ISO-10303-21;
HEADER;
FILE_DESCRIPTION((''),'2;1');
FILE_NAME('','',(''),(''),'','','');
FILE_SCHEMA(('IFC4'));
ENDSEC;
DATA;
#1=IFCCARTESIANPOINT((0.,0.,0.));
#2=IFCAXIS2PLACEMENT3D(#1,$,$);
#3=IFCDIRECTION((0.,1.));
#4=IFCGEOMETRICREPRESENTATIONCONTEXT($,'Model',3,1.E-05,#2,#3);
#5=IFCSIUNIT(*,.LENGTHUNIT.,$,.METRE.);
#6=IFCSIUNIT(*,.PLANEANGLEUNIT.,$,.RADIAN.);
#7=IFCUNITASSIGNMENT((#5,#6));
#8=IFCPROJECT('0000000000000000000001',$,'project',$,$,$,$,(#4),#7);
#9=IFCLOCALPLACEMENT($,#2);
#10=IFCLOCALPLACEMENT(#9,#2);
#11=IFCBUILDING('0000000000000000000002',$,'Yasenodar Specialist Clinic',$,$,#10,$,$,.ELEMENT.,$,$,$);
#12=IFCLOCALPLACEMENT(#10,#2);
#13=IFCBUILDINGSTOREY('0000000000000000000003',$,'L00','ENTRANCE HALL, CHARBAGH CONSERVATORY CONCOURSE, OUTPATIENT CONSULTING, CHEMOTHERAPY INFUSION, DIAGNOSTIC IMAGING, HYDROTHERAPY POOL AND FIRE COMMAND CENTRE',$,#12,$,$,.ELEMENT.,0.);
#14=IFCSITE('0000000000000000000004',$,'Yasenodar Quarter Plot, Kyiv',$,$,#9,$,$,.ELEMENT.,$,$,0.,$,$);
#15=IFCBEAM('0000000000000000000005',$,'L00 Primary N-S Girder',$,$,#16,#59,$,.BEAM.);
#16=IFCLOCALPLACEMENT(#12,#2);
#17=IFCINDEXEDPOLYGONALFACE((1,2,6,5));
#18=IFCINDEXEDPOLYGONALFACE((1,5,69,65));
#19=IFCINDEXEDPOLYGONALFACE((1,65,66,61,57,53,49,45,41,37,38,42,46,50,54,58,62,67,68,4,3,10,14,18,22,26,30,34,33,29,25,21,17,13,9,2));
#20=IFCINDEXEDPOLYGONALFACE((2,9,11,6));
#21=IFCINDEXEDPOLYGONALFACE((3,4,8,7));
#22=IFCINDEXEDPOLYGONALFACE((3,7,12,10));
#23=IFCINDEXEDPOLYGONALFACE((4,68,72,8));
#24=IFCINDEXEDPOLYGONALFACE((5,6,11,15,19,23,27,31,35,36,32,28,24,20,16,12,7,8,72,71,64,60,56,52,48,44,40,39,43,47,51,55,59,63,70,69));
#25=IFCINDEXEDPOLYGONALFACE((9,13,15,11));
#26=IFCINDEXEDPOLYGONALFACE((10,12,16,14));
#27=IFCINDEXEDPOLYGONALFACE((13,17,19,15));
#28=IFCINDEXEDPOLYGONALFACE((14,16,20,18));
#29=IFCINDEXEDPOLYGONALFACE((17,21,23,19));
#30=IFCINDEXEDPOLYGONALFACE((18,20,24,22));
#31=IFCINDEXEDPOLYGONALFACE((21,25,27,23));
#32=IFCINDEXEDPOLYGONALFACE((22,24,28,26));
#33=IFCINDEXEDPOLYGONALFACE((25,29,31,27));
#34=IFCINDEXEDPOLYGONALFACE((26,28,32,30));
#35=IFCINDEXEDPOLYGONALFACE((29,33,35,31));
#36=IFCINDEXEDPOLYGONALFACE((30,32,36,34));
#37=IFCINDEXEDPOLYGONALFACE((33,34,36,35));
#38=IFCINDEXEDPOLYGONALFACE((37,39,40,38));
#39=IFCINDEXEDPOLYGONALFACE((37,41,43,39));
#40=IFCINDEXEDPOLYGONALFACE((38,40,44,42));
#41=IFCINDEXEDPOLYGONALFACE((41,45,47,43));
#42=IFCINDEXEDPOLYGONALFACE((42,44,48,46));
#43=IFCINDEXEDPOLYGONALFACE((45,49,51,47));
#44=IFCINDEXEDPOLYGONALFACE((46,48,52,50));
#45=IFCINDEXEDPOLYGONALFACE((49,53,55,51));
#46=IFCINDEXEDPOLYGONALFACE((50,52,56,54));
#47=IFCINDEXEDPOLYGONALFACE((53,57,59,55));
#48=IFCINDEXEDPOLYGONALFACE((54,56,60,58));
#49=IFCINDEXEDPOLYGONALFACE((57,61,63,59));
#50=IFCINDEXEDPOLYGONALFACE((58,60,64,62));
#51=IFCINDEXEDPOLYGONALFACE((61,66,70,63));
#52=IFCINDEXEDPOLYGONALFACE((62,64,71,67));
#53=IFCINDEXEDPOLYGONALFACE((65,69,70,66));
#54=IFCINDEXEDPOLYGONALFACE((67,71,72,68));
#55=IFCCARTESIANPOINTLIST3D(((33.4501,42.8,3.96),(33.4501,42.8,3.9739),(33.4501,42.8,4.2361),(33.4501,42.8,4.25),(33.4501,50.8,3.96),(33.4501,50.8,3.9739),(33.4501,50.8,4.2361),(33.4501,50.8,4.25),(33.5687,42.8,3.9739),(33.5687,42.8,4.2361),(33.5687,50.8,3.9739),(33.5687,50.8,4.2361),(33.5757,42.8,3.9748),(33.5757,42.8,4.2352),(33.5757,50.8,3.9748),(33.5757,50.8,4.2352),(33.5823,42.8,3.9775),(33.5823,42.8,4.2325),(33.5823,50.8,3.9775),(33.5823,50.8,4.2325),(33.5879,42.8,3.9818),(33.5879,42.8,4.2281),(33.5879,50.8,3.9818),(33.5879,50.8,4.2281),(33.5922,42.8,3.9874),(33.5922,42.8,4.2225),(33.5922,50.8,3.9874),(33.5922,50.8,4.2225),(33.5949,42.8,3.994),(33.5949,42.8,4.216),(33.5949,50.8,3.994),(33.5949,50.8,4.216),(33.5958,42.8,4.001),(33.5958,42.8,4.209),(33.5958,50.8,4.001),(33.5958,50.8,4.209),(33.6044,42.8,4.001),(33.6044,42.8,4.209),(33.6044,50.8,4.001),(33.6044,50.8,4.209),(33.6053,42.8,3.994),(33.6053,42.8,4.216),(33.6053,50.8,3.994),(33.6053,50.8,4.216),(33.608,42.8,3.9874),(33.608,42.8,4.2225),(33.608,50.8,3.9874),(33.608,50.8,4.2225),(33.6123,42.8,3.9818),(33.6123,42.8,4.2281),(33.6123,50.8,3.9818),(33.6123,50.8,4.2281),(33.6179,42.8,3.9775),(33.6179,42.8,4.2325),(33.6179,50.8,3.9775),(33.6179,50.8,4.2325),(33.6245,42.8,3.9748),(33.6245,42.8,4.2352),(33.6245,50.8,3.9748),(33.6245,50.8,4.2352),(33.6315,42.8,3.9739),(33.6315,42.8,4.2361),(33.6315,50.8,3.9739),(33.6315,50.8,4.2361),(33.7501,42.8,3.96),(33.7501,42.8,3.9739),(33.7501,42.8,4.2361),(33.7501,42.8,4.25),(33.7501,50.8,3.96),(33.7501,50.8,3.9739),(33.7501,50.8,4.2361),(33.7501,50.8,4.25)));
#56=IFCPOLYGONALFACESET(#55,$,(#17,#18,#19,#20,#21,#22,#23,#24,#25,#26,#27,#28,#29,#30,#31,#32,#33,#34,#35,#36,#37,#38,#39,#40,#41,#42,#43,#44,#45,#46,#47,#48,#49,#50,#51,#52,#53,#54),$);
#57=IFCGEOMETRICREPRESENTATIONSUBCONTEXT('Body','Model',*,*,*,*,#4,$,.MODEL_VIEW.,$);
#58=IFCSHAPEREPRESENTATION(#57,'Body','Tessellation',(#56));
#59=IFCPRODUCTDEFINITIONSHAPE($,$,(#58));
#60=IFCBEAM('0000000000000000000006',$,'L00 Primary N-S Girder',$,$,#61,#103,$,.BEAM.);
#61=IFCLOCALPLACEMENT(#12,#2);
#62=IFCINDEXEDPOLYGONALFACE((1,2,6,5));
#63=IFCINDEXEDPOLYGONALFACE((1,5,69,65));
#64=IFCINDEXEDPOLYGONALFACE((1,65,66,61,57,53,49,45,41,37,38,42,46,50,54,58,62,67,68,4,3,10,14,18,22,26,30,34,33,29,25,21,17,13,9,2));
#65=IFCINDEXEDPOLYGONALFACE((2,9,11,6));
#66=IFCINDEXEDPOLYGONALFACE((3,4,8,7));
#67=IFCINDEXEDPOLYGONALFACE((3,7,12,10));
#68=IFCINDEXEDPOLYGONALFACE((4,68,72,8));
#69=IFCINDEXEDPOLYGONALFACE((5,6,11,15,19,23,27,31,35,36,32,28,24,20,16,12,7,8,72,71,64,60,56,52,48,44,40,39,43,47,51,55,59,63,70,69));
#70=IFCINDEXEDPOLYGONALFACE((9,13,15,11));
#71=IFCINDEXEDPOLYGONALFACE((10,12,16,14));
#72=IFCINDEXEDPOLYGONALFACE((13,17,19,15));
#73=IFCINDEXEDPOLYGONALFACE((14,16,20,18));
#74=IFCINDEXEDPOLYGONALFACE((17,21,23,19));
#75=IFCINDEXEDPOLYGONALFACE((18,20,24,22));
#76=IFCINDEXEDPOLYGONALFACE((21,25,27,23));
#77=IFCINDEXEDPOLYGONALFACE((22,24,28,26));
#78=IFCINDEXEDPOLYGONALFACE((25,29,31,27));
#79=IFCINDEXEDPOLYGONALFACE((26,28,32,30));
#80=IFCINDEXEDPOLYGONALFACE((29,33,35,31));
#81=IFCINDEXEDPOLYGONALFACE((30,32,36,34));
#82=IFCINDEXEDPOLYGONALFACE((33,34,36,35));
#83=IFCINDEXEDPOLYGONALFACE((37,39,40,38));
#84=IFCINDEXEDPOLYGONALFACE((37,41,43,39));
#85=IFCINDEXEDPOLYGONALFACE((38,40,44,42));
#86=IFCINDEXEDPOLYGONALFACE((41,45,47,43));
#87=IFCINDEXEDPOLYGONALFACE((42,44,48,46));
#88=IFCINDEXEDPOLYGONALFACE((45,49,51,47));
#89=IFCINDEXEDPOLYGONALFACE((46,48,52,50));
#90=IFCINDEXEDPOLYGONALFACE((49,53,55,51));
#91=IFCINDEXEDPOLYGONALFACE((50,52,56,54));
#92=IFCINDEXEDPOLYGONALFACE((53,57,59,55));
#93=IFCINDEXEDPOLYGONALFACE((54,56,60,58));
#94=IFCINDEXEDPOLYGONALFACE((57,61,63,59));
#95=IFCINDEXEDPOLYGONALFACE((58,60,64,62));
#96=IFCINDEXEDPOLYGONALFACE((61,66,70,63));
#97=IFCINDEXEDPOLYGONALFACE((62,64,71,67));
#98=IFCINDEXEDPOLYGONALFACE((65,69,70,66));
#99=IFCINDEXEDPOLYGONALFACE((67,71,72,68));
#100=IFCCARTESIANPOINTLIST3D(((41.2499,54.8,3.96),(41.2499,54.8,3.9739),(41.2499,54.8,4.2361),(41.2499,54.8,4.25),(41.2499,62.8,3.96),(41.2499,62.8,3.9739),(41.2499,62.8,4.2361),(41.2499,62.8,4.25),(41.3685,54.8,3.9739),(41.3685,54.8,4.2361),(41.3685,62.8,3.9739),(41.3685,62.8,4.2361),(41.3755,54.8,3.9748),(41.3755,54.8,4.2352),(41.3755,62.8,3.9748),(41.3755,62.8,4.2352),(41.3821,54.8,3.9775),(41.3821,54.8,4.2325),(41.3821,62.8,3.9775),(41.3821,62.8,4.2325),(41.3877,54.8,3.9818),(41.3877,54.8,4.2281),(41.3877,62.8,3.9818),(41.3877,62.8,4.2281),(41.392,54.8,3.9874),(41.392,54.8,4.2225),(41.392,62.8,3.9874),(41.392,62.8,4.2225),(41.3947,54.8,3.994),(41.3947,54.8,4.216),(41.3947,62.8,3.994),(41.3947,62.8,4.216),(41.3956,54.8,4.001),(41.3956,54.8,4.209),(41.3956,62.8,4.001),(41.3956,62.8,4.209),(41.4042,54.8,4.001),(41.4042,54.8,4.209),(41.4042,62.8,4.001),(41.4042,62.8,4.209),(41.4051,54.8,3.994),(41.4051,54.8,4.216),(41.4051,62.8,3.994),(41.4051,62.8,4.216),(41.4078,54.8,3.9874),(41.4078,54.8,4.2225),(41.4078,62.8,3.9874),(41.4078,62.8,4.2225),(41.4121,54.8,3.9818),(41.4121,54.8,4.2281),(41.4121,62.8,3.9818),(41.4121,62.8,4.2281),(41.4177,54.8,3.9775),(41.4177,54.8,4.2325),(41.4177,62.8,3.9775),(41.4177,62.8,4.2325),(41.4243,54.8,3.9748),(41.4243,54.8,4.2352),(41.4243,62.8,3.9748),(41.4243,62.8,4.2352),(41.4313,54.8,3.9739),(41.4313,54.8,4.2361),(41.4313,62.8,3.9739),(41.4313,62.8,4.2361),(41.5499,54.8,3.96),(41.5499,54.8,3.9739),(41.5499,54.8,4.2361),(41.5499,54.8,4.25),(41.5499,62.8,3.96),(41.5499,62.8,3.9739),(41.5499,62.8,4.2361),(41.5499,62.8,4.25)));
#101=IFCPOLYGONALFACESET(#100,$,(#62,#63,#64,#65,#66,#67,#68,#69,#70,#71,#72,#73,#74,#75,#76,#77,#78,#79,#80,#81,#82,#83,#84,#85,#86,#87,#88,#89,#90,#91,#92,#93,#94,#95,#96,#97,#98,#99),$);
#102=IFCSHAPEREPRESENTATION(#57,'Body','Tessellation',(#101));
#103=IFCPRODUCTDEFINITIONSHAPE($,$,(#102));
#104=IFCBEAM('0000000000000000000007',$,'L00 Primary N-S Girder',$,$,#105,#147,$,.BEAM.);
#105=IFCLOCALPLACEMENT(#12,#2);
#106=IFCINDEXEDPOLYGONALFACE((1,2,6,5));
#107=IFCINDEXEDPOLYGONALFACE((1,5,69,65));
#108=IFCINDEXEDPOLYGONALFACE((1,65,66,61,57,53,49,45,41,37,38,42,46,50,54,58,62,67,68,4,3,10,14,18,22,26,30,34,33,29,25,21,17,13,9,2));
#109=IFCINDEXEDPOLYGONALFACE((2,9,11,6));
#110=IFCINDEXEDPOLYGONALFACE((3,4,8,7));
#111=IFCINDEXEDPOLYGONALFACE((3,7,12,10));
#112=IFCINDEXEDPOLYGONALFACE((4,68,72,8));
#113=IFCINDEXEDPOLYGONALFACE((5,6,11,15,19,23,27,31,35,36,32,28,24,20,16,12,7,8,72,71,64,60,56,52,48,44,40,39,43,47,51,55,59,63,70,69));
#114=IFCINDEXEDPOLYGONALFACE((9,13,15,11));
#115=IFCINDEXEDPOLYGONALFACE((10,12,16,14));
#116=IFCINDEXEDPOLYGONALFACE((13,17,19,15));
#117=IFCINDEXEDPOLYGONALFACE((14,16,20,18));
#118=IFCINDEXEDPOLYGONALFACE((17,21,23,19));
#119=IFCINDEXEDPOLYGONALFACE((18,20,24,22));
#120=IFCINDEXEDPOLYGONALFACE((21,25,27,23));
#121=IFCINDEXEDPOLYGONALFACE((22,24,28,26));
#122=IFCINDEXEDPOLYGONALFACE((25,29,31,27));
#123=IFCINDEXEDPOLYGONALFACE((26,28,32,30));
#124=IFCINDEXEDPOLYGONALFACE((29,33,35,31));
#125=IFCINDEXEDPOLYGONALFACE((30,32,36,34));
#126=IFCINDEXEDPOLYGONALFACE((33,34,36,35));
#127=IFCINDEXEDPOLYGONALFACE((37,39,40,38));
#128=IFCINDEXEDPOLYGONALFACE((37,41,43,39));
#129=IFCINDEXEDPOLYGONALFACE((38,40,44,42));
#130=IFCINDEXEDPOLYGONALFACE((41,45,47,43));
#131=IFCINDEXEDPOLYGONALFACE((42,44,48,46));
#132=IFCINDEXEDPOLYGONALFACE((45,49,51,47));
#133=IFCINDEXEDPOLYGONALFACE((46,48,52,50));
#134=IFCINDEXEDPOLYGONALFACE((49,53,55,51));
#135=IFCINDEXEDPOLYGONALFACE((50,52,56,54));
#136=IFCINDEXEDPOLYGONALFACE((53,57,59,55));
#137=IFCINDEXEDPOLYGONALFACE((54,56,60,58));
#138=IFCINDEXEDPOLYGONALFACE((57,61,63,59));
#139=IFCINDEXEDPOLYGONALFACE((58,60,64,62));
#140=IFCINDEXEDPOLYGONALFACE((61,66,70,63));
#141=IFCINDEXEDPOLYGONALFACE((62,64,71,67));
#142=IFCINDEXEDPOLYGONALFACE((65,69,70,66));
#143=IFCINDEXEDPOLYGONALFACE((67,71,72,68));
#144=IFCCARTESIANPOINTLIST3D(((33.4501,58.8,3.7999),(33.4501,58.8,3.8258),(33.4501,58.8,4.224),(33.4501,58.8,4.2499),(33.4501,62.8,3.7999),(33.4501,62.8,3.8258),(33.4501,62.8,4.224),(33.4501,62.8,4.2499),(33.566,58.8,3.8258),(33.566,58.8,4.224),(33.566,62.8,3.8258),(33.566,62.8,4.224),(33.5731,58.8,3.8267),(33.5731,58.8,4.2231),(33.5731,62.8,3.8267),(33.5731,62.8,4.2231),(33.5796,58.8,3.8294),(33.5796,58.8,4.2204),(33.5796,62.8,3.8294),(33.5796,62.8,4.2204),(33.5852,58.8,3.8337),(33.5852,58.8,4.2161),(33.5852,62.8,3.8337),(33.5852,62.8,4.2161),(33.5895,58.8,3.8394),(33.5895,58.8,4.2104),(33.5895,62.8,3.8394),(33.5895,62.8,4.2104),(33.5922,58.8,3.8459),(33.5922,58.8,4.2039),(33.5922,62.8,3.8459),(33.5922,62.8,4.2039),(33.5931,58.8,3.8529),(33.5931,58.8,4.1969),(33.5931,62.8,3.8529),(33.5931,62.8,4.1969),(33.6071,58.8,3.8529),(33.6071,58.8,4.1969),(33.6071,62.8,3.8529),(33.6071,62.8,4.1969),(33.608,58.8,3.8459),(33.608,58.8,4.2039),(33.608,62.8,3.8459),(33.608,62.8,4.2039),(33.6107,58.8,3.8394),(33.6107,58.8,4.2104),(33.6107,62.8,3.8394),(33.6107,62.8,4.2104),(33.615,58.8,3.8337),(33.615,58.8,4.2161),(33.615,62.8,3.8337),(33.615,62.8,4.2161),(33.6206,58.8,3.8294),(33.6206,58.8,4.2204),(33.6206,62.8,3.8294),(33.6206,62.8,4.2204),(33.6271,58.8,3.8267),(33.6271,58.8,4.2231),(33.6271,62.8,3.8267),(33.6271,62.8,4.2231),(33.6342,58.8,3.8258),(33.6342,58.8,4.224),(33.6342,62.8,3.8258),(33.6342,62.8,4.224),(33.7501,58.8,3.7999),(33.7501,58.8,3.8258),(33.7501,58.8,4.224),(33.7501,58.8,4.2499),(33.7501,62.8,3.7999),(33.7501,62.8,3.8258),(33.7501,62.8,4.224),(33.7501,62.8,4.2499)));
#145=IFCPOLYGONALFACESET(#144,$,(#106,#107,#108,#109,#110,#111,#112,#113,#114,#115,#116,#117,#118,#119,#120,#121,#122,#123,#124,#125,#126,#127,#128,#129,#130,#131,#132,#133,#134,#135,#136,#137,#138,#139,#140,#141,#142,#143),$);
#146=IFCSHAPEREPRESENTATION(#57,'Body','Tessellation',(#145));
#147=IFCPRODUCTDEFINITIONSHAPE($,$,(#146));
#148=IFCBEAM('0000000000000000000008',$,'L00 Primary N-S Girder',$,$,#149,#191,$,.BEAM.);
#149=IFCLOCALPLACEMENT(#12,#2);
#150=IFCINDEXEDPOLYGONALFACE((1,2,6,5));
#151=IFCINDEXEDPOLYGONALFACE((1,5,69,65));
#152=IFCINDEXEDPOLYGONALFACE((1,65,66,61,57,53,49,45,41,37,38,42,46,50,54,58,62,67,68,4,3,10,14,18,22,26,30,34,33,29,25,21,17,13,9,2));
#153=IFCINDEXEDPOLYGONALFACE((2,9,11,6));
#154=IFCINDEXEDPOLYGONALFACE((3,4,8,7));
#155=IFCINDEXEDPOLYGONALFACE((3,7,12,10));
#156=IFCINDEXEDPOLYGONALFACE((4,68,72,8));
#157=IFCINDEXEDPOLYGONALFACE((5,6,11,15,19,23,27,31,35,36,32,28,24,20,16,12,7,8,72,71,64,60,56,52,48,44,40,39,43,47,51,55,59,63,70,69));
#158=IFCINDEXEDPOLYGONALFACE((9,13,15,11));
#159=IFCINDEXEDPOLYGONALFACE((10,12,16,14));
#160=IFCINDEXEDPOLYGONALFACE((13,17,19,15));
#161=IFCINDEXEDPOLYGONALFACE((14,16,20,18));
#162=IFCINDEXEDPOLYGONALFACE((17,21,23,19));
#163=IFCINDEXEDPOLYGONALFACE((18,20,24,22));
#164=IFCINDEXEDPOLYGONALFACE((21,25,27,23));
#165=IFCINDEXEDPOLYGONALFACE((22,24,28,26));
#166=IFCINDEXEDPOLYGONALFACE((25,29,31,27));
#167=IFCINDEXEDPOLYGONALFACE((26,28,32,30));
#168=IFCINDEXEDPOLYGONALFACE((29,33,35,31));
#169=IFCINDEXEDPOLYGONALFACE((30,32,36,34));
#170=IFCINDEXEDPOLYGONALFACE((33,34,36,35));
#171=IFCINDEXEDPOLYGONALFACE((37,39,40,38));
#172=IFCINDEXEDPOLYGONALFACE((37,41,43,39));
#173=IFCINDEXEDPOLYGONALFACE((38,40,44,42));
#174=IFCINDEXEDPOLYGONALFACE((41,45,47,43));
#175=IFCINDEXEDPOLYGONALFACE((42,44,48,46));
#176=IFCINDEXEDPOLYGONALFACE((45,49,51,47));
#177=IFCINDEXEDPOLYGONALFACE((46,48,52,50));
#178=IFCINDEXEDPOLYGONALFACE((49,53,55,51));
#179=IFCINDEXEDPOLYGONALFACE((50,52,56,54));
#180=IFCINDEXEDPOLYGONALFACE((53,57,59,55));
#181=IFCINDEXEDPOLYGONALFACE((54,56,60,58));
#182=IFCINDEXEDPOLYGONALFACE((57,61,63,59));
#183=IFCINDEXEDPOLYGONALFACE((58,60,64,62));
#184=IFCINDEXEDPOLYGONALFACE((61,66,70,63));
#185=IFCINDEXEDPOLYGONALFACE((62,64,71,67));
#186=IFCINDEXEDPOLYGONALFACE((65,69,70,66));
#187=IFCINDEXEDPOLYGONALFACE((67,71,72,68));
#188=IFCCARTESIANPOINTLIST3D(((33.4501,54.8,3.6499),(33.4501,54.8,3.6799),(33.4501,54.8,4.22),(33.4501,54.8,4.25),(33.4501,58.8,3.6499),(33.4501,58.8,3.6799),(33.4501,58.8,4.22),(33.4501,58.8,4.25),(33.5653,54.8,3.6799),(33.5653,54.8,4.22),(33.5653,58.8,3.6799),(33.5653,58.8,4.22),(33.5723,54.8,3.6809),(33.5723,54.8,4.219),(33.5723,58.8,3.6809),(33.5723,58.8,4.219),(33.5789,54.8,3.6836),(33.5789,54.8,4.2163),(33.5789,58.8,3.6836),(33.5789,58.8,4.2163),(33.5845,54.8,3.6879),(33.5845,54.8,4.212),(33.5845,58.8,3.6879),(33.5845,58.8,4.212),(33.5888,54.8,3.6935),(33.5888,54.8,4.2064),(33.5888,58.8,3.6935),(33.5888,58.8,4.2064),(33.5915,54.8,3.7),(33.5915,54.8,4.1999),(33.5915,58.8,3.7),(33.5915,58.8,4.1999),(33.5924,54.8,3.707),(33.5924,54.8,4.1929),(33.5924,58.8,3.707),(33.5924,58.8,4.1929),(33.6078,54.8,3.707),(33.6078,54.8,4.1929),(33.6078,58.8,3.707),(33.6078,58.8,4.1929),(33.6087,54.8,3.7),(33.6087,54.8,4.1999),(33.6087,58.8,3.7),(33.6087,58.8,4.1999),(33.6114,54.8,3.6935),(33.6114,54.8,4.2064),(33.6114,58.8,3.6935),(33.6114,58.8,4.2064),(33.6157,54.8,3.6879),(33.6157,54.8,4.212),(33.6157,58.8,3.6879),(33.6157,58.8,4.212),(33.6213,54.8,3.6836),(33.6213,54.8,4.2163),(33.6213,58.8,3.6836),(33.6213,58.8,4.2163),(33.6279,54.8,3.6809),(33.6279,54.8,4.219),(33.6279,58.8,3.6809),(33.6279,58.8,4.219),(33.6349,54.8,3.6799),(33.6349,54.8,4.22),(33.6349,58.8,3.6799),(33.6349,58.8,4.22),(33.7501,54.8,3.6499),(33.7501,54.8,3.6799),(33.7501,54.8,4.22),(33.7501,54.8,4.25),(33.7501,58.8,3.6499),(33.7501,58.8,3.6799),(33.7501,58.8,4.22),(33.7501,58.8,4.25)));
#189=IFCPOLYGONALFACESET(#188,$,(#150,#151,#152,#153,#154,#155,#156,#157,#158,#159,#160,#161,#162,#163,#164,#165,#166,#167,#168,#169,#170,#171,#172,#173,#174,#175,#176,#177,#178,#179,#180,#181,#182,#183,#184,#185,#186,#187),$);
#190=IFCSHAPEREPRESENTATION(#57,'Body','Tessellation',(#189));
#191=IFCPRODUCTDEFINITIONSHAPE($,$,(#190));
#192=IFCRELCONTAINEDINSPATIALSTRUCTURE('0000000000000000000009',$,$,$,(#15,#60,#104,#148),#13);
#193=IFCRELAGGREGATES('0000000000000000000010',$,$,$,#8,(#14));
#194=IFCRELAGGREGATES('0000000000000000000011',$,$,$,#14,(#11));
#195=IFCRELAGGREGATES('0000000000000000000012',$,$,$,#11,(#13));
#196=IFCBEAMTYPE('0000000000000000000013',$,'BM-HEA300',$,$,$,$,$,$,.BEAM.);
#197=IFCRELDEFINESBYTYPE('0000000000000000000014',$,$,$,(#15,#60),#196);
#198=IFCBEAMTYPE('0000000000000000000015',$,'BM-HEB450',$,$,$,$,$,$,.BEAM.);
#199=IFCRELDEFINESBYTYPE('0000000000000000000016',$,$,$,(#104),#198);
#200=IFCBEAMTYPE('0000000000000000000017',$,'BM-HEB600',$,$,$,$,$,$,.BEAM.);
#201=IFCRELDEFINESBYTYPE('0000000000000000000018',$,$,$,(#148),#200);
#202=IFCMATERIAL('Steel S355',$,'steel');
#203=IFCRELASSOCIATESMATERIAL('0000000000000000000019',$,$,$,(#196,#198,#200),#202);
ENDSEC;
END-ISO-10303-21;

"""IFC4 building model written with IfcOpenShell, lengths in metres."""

from ifc_helpers import new_model, si_unit, direction, frame, origin, origin_2d, place, context, subcontext, project, spatial, i_section, extrude, material, material_profile, profile_set, type_object, element, save


model = new_model("IFC4")

# Units and contexts
model_context = context("Model", 3, precision=1e-05, world=origin(), true_north=direction((0.0, 1.0)))
body_context = subcontext(model_context, "Body", "Model", "MODEL_VIEW")
ifc_project = project(units=[si_unit("LENGTHUNIT", "METRE"), si_unit("PLANEANGLEUNIT", "RADIAN")], contexts=[model_context])

# Site, building, storey
site_placement = place(None, origin())
site = spatial("IfcSite", under=ifc_project, at=site_placement, Name="Yasenodar Quarter Plot, Kyiv", CompositionType="ELEMENT", RefElevation=0.0)
building_placement = place(site_placement, origin())
building = spatial("IfcBuilding", under=site, at=building_placement, Name="Yasenodar Specialist Clinic", CompositionType="ELEMENT")
storey_placement = place(building_placement, origin())
storey = spatial("IfcBuildingStorey", under=building, at=storey_placement, Name="L00", Description="ENTRANCE HALL, CHARBAGH CONSERVATORY CONCOURSE, OUTPATIENT CONSULTING, CHEMOTHERAPY INFUSION, DIAGNOSTIC IMAGING, HYDROTHERAPY POOL AND FIRE COMMAND CENTRE", CompositionType="ELEMENT", Elevation=0.0)

# Shared definitions
ifc_material_1 = material(Name="Steel S355", Category="steel")

# Beams
ifc_material_profile_1 = material_profile(ifc_material_1, i_section(OverallWidth=0.3, OverallDepth=0.29, WebThickness=0.0085, FlangeThickness=0.0139, FilletRadius=0.0271, at=origin_2d()), Name="HEA 300")
ifc_profile_set_1 = profile_set([ifc_material_profile_1], Name="Steel S355")
beam_type_1 = type_object("IfcBeamType", Name="BM-HEA300", PredefinedType="BEAM", material=ifc_profile_set_1)
for number, where, z_axis, x_axis, name in (
    (1, (33.6001, 42.8, 4.105), (0.0, 1.0, 0.0), (-1.0, 0.0, 0.0), "L00 Primary N-S Girder"),
    (2, (41.3999, 54.8, 4.105), (0.0, 1.0, 0.0), (-1.0, 0.0, 0.0), "L00 Primary N-S Girder"),
):
    element("IfcBeam", number, at=place(storey_placement, frame(where, z_axis=z_axis, x_axis=x_axis)), inside=storey, type_object=beam_type_1, Name=name, PredefinedType="BEAM", context=body_context, shape_type="SweptSolid", body=[
        extrude(i_section(OverallWidth=0.3, OverallDepth=0.29, WebThickness=0.0085, FlangeThickness=0.0139, FilletRadius=0.0271, at=origin_2d()), origin(), (0.0, 0.0, 1.0), 8.0),
    ])
ifc_material_profile_2 = material_profile(ifc_material_1, i_section(OverallWidth=0.3, OverallDepth=0.45, WebThickness=0.0139, FlangeThickness=0.0259, FilletRadius=0.0271, at=origin_2d()), Name="HEB 450")
ifc_profile_set_2 = profile_set([ifc_material_profile_2], Name="Steel S355")
beam_type_2 = type_object("IfcBeamType", Name="BM-HEB450", PredefinedType="BEAM", material=ifc_profile_set_2)
beam_1_placement = place(storey_placement, frame((33.6001, 58.8, 4.0249), z_axis=(0.0, 1.0, 0.0), x_axis=(-1.0, 0.0, 0.0)))
element("IfcBeam", 3, at=beam_1_placement, inside=storey, type_object=beam_type_2, Name="L00 Primary N-S Girder", PredefinedType="BEAM", context=body_context, shape_type="SweptSolid", body=[
    extrude(i_section(OverallWidth=0.3, OverallDepth=0.45, WebThickness=0.0139, FlangeThickness=0.0259, FilletRadius=0.0271, at=origin_2d()), origin(), (0.0, 0.0, 1.0), 4.0),
])
ifc_material_profile_3 = material_profile(ifc_material_1, i_section(OverallWidth=0.3, OverallDepth=0.6001, WebThickness=0.0154, FlangeThickness=0.03, FilletRadius=0.0271, at=origin_2d()), Name="HEB 600")
ifc_profile_set_3 = profile_set([ifc_material_profile_3], Name="Steel S355")
beam_type_3 = type_object("IfcBeamType", Name="BM-HEB600", PredefinedType="BEAM", material=ifc_profile_set_3)
beam_2_placement = place(storey_placement, frame((33.6001, 54.8, 3.95), z_axis=(0.0, 1.0, 0.0), x_axis=(-1.0, 0.0, 0.0)))
element("IfcBeam", 4, at=beam_2_placement, inside=storey, type_object=beam_type_3, Name="L00 Primary N-S Girder", PredefinedType="BEAM", context=body_context, shape_type="SweptSolid", body=[
    extrude(i_section(OverallWidth=0.3, OverallDepth=0.6001, WebThickness=0.0154, FlangeThickness=0.03, FilletRadius=0.0271, at=origin_2d()), origin(), (0.0, 0.0, 1.0), 4.0),
])

save(model, "model.ifc")
